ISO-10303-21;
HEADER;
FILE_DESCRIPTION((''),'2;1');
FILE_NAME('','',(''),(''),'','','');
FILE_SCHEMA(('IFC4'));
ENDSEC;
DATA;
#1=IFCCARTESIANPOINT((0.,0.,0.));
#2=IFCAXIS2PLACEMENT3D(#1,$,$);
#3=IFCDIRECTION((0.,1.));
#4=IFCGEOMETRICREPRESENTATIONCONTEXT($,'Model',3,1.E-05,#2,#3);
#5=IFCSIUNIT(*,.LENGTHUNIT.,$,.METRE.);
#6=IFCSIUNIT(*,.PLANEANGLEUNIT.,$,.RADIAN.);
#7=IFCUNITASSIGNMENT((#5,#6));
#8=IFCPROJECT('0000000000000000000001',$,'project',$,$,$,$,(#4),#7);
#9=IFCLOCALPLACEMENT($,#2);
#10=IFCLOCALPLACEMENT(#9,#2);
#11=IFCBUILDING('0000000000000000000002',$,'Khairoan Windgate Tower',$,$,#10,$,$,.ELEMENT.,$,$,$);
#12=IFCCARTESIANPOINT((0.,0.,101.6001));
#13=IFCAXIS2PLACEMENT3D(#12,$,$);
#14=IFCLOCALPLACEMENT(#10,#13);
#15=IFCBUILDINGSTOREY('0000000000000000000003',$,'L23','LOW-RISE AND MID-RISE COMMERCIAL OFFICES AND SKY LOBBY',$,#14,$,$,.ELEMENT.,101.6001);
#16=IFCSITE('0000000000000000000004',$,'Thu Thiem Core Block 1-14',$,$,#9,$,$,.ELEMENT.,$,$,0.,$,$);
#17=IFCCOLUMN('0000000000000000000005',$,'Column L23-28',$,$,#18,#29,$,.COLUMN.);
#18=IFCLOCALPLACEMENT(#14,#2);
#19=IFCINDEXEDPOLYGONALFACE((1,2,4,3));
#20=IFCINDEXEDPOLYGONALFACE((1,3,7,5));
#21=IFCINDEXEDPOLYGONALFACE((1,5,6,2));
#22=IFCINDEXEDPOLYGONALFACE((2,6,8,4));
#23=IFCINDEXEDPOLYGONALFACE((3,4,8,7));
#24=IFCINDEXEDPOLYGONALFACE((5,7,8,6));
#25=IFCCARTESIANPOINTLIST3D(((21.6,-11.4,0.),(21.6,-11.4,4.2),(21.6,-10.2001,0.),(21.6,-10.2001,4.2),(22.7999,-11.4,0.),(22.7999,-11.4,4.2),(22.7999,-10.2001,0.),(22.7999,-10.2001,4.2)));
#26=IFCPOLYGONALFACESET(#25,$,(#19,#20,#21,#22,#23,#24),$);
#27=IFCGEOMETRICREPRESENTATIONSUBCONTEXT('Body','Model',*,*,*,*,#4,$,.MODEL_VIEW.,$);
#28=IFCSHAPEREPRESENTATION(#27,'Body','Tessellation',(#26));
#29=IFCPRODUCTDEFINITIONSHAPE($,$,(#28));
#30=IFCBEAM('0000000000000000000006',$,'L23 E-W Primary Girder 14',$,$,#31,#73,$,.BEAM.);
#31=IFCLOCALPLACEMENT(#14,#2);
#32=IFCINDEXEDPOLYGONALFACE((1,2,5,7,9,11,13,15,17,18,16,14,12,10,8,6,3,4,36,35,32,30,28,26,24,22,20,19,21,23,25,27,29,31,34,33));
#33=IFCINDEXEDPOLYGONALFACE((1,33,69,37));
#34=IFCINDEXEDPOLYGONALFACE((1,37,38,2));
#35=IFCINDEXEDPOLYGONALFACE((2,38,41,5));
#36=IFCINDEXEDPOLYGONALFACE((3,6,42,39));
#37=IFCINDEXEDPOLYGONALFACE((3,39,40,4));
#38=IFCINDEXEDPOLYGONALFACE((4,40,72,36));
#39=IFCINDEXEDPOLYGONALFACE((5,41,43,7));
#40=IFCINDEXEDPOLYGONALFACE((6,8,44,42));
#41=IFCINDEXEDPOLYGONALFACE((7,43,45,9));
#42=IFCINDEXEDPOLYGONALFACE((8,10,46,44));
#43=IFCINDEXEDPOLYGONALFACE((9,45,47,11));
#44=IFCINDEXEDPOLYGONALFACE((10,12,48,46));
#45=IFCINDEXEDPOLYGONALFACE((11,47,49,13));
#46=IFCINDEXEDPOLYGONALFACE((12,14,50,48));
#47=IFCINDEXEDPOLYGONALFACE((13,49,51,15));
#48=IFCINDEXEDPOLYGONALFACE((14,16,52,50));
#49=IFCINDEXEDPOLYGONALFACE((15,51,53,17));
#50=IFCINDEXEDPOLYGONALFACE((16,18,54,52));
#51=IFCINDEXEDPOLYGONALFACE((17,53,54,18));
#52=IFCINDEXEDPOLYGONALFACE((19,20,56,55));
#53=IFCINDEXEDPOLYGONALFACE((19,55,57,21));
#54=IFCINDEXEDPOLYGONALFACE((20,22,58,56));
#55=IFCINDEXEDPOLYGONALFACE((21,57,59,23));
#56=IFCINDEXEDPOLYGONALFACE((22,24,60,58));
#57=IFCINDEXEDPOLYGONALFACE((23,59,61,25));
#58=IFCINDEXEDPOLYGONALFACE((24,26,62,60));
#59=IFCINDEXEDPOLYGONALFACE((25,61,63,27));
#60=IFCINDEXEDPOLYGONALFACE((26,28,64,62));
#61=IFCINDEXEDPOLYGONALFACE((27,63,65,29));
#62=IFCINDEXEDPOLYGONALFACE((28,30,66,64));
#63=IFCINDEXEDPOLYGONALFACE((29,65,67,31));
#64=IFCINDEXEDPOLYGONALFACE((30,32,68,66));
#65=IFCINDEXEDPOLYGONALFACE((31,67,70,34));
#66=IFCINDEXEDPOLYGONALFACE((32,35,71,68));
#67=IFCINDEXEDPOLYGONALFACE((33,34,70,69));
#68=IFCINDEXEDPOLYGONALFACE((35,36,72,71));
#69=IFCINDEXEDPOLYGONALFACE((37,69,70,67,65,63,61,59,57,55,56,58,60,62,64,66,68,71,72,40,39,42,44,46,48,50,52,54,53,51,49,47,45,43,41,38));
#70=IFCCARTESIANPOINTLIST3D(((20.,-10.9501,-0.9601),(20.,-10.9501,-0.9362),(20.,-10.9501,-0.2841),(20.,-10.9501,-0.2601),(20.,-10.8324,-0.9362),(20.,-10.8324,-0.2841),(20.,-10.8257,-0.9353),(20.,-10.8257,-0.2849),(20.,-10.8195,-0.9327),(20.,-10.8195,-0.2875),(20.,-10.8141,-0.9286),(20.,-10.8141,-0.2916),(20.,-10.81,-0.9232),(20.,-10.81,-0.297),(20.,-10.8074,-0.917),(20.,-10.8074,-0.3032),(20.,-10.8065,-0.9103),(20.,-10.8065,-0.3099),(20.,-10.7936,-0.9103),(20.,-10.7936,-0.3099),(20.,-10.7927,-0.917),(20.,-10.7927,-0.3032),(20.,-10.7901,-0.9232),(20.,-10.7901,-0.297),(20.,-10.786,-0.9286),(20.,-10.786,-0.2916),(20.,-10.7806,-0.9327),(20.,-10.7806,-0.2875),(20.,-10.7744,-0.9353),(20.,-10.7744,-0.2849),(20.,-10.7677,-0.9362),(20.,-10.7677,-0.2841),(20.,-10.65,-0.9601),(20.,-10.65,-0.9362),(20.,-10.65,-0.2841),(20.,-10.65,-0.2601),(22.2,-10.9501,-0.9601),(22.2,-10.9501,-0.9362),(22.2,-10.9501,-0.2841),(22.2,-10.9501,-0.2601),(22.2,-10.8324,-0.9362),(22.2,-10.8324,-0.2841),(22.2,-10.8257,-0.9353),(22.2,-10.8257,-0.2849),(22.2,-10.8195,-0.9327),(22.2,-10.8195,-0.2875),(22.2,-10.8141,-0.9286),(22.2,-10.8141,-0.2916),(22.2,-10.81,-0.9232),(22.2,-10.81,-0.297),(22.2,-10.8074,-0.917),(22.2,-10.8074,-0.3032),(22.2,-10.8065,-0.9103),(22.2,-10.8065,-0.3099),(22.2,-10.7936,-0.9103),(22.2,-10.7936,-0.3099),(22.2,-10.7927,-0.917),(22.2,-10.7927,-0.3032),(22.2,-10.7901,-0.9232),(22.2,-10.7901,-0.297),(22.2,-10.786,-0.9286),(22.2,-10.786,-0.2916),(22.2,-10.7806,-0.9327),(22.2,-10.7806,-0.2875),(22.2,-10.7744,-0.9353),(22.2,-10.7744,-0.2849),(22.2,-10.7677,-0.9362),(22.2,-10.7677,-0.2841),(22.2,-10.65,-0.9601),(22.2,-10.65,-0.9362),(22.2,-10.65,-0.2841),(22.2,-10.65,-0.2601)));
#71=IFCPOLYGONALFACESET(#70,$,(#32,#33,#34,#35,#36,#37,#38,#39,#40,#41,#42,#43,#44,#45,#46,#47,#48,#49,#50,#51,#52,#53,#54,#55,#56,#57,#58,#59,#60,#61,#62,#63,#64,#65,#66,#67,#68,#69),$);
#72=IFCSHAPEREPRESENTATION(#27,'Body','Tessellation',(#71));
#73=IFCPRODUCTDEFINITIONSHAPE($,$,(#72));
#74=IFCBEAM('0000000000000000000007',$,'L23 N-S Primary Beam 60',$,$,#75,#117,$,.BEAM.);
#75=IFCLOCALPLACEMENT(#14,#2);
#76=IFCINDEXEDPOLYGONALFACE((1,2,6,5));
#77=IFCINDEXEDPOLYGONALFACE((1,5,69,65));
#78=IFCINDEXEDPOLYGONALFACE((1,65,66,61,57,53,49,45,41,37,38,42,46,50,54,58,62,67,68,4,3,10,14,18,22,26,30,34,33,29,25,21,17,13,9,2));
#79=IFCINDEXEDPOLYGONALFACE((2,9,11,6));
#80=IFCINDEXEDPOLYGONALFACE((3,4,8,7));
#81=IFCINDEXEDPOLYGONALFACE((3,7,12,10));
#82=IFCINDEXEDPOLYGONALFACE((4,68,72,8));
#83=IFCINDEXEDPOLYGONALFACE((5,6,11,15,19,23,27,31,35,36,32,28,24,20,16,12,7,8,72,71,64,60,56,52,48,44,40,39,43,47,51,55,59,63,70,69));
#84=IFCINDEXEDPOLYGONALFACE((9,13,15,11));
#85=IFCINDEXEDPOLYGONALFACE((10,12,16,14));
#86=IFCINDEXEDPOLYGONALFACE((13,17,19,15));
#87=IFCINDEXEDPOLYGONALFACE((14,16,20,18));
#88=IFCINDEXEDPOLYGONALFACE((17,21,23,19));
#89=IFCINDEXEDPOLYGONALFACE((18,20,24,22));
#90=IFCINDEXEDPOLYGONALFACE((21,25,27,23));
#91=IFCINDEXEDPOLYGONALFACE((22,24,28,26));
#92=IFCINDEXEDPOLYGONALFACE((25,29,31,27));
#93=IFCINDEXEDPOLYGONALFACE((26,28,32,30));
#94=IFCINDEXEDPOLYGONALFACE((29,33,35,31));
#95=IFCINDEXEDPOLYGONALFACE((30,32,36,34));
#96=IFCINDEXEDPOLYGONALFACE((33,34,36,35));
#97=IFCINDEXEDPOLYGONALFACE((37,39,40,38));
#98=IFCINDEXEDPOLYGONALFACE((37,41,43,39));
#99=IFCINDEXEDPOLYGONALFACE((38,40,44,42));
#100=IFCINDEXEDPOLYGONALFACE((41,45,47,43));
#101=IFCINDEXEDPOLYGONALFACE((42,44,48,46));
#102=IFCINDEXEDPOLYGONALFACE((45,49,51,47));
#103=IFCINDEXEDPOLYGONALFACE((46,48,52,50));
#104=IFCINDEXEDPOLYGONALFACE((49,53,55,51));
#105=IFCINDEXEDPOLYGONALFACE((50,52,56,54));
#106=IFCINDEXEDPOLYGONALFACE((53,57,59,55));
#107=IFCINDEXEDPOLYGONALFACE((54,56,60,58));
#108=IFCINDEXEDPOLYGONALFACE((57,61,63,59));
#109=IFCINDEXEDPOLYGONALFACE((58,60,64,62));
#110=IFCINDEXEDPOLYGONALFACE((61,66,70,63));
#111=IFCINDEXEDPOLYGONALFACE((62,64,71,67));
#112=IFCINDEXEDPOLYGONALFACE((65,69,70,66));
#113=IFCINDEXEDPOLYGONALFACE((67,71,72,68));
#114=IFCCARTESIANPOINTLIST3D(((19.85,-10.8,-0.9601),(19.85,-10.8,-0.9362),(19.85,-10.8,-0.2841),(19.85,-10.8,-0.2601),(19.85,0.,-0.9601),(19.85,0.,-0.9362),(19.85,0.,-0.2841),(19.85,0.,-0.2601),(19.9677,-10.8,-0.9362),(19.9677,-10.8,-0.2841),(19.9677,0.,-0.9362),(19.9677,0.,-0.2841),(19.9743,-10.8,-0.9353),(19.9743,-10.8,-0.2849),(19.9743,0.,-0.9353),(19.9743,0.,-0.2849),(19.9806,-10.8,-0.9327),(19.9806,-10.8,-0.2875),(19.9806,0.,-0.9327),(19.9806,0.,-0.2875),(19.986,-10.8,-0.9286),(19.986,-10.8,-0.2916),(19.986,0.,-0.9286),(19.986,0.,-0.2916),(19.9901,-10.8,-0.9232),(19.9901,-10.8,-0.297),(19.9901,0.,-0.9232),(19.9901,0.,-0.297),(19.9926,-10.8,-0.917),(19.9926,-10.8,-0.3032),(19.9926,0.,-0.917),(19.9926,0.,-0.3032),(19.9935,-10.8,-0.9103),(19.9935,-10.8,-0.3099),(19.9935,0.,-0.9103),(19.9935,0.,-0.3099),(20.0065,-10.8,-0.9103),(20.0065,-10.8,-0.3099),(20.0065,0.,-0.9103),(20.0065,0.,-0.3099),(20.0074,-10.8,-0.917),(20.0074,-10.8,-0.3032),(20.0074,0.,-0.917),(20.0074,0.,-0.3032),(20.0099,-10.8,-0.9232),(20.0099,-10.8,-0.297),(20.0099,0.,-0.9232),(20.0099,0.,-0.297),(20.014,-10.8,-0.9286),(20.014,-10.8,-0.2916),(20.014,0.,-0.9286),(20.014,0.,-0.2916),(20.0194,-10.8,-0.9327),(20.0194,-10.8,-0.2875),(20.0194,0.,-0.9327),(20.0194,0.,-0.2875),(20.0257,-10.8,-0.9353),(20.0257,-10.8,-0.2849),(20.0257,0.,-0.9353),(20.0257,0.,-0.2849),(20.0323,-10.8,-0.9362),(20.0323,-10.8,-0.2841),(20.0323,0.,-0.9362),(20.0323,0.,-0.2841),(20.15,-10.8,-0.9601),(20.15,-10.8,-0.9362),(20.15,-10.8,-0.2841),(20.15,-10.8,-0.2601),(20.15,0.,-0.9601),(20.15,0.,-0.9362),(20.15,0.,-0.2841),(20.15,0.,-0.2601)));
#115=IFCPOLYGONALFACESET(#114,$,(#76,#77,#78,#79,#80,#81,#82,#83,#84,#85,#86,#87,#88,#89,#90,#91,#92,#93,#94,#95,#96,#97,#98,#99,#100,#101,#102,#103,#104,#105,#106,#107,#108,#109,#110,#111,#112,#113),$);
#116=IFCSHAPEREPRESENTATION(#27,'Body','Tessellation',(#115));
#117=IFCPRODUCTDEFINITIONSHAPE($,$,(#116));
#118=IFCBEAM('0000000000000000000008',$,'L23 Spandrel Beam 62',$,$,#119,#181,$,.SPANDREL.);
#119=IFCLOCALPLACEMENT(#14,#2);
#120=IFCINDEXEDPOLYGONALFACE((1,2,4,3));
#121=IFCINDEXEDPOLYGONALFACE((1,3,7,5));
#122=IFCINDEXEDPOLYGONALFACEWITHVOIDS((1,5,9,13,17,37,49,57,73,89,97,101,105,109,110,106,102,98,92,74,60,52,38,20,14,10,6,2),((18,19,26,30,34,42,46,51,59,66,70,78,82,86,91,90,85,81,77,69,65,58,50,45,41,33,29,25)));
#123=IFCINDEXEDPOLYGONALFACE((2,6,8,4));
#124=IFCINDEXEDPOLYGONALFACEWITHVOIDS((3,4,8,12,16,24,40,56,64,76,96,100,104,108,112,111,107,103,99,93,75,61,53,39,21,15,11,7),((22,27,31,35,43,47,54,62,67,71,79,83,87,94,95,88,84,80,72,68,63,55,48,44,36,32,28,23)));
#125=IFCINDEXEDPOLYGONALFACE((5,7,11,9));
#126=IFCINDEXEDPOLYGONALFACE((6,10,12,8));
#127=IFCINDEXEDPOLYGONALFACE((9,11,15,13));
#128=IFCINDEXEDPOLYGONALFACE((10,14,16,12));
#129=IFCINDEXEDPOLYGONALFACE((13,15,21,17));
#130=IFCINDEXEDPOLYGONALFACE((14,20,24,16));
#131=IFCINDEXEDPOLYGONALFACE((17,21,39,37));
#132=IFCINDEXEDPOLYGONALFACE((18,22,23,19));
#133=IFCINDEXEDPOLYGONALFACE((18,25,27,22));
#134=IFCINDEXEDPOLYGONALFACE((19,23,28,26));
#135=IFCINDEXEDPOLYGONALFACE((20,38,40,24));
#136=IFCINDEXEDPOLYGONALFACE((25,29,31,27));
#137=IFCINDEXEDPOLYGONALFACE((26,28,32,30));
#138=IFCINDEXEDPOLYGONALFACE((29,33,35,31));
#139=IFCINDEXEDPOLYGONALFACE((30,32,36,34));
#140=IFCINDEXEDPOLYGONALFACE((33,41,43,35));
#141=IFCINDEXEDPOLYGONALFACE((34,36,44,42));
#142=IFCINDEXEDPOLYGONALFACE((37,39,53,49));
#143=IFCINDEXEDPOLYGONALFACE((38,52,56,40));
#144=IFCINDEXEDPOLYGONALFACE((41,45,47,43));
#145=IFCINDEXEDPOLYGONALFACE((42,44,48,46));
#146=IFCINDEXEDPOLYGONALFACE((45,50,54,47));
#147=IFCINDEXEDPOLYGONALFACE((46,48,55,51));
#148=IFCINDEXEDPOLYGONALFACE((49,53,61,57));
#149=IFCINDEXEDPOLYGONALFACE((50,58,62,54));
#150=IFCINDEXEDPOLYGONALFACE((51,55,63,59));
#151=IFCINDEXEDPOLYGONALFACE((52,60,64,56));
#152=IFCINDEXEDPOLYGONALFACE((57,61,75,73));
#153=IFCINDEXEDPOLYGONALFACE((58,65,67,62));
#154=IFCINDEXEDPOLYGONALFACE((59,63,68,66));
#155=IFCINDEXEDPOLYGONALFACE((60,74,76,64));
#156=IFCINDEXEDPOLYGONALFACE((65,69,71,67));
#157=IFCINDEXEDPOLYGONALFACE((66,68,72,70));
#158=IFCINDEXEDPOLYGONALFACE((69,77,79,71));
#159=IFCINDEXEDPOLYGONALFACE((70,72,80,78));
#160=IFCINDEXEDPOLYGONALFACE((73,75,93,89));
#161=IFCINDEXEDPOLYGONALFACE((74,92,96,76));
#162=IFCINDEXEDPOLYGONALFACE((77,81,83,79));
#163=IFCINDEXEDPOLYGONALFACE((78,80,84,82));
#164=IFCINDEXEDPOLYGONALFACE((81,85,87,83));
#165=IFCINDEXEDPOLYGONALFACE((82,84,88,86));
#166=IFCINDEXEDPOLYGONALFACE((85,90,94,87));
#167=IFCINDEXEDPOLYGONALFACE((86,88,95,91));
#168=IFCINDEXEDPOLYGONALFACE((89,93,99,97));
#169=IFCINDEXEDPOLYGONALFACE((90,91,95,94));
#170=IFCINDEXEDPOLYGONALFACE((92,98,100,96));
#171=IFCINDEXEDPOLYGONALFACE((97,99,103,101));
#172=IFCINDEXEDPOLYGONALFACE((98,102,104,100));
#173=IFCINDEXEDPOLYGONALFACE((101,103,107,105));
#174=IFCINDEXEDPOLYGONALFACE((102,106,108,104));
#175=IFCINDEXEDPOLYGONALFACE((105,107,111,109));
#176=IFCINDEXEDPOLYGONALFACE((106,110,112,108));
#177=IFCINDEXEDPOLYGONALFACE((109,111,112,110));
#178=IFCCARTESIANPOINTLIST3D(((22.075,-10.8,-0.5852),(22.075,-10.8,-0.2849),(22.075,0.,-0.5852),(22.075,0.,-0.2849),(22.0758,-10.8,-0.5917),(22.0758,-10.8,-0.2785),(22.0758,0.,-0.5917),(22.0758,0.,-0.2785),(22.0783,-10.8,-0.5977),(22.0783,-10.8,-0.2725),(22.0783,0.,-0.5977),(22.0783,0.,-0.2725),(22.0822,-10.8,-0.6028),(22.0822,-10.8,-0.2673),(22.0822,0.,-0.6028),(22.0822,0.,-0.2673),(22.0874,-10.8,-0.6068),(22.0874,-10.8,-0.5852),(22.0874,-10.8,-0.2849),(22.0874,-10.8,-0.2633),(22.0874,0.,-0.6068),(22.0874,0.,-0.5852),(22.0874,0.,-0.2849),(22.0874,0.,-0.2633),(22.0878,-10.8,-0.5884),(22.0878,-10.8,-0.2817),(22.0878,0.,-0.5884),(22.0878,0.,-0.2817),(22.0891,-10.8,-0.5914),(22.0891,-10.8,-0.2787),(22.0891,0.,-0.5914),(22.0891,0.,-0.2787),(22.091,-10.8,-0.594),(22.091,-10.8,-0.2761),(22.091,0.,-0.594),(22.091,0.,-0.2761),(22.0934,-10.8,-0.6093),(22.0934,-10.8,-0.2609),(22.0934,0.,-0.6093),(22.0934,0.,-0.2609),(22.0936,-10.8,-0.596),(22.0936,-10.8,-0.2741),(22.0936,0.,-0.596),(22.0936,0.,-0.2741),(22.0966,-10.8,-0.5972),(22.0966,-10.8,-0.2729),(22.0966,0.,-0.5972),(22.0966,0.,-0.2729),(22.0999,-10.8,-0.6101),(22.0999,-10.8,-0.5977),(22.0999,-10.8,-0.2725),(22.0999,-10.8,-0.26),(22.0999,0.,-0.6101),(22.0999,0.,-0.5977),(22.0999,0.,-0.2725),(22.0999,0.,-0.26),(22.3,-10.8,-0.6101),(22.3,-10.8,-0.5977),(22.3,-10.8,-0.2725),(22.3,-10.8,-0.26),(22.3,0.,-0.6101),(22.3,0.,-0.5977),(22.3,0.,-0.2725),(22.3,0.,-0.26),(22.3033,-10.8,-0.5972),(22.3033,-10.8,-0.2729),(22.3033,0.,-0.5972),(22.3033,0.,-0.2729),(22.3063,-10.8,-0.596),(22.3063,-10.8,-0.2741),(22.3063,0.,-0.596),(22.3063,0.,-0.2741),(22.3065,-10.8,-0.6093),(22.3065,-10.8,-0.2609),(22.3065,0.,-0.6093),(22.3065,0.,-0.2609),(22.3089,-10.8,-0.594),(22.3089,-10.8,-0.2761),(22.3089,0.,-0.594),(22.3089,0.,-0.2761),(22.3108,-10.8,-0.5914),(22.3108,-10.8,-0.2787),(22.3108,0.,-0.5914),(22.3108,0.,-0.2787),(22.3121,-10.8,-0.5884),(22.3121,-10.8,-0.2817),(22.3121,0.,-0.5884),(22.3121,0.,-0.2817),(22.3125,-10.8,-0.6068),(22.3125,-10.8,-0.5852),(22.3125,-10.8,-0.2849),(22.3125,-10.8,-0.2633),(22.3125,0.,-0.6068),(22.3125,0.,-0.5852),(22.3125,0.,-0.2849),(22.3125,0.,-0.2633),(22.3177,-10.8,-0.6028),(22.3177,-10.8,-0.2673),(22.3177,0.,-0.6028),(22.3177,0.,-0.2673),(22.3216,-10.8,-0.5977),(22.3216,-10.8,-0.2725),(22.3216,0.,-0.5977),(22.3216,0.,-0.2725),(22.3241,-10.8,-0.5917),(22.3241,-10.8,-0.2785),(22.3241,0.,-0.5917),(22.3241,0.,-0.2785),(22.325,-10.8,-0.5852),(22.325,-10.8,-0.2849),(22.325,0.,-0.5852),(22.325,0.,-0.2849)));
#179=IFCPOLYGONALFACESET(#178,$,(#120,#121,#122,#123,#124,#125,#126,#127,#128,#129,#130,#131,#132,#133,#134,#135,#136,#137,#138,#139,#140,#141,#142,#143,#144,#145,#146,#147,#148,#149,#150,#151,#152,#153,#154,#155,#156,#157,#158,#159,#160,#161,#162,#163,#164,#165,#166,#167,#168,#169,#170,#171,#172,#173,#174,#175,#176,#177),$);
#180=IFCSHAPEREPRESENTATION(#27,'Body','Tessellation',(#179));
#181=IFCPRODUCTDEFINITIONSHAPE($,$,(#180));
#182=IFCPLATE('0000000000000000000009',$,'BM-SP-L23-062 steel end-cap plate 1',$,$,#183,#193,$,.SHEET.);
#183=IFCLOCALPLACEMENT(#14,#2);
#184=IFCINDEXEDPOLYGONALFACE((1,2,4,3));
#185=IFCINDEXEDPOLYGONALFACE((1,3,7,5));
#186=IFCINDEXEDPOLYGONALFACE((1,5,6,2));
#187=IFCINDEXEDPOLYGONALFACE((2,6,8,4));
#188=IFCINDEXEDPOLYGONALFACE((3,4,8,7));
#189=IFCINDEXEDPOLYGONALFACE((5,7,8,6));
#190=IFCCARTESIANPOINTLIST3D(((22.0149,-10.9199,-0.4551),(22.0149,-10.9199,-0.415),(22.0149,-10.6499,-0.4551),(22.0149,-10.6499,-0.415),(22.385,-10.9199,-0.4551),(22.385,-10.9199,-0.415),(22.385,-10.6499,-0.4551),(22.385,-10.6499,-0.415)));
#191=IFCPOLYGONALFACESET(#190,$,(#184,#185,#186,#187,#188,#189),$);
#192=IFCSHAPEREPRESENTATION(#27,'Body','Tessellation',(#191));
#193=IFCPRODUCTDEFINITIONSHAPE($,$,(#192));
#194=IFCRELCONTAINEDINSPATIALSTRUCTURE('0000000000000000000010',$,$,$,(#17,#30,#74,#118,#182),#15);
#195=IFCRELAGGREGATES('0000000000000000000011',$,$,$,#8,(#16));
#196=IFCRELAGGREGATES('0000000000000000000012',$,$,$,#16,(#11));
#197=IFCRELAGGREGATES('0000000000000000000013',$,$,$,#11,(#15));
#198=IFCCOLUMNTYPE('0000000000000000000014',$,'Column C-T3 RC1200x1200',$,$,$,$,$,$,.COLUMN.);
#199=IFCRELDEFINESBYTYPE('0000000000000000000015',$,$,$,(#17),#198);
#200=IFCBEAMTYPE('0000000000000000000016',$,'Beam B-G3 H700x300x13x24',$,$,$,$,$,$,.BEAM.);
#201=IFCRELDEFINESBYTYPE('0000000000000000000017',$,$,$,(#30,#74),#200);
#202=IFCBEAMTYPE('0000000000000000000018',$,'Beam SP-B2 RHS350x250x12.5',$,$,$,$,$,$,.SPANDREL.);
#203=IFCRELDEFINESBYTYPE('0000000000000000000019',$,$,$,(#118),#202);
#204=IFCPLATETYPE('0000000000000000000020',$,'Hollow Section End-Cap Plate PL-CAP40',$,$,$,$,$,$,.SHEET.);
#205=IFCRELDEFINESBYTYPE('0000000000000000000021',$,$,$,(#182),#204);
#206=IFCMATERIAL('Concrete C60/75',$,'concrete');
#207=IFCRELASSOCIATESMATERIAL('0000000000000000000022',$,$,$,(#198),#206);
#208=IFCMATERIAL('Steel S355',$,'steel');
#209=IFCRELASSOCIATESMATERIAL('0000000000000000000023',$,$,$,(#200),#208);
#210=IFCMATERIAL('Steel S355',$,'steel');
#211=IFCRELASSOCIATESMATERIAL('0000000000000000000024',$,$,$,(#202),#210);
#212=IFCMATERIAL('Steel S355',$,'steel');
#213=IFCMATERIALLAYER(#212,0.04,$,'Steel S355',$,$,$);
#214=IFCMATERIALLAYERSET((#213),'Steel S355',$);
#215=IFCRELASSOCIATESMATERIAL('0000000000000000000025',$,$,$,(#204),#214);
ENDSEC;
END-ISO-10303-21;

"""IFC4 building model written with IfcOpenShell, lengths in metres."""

from ifc_helpers import new_model, si_unit, direction, frame, origin, origin_2d, place, context, subcontext, project, spatial, rectangle, hollow_rectangle, i_section, extrude, material, layer, layer_set, material_profile, profile_set, type_object, element, save


model = new_model("IFC4")

# Units and contexts
model_context = context("Model", 3, precision=1e-05, world=origin(), true_north=direction((0.0, 1.0)))
body_context = subcontext(model_context, "Body", "Model", "MODEL_VIEW")
ifc_project = project(units=[si_unit("LENGTHUNIT", "METRE"), si_unit("PLANEANGLEUNIT", "RADIAN")], contexts=[model_context])

# Site, building, storey
site_placement = place(None, origin())
site = spatial("IfcSite", under=ifc_project, at=site_placement, Name="Thu Thiem Core Block 1-14", CompositionType="ELEMENT", RefElevation=0.0)
building_placement = place(site_placement, origin())
building = spatial("IfcBuilding", under=site, at=building_placement, Name="Khairoan Windgate Tower", CompositionType="ELEMENT")
storey_placement = place(building_placement, frame((0.0, 0.0, 101.6001)))
storey = spatial("IfcBuildingStorey", under=building, at=storey_placement, Name="L23", Description="LOW-RISE AND MID-RISE COMMERCIAL OFFICES AND SKY LOBBY", CompositionType="ELEMENT", Elevation=101.6001)

# Column
ifc_material_1 = material(Name="Concrete C60/75", Category="concrete")
ifc_material_profile_1 = material_profile(ifc_material_1, rectangle(XDim=1.2, YDim=1.2, at=origin_2d()))
ifc_profile_set_1 = profile_set([ifc_material_profile_1], Name="Concrete C60/75")
column_type = type_object("IfcColumnType", Name="Column C-T3 RC1200x1200", PredefinedType="COLUMN", material=ifc_profile_set_1)
column_placement = place(storey_placement, frame((22.2, -10.8, 0.0), z_axis=(0.0, 0.0, 1.0), x_axis=(1.0, 0.0, 0.0)))
element("IfcColumn", 1, at=column_placement, inside=storey, type_object=column_type, Name="Column L23-28", PredefinedType="COLUMN", context=body_context, shape_type="SweptSolid", body=[
    extrude(rectangle(XDim=1.2, YDim=1.2, at=origin_2d()), origin(), (0.0, 0.0, 1.0), 4.2),
])

# Beams
ifc_material_2 = material(Name="Steel S355", Category="steel")
ifc_material_profile_2 = material_profile(ifc_material_2, i_section(OverallWidth=0.3, OverallDepth=0.7, WebThickness=0.0129, FlangeThickness=0.0239, FilletRadius=0.0259, at=origin_2d()))
ifc_profile_set_2 = profile_set([ifc_material_profile_2], Name="Steel S355")
beam_type_1 = type_object("IfcBeamType", Name="Beam B-G3 H700x300x13x24", PredefinedType="BEAM", material=ifc_profile_set_2)
beam_1_placement = place(storey_placement, frame((20.0, -10.8, -0.6101), z_axis=(1.0, 0.0, 0.0), x_axis=(0.0, 1.0, 0.0)))
element("IfcBeam", 2, at=beam_1_placement, inside=storey, type_object=beam_type_1, Name="L23 E-W Primary Girder 14", PredefinedType="BEAM", context=body_context, shape_type="SweptSolid", body=[
    extrude(i_section(OverallWidth=0.3, OverallDepth=0.7, WebThickness=0.0129, FlangeThickness=0.0239, FilletRadius=0.0259, at=origin_2d()), origin(), (0.0, 0.0, 1.0), 2.2),
])
beam_2_placement = place(storey_placement, frame((20.0, -10.8, -0.6101), z_axis=(0.0, 1.0, 0.0), x_axis=(-1.0, 0.0, 0.0)))
element("IfcBeam", 3, at=beam_2_placement, inside=storey, type_object=beam_type_1, Name="L23 N-S Primary Beam 60", PredefinedType="BEAM", context=body_context, shape_type="SweptSolid", body=[
    extrude(i_section(OverallWidth=0.3, OverallDepth=0.7, WebThickness=0.0129, FlangeThickness=0.0239, FilletRadius=0.0259, at=origin_2d()), origin(), (0.0, 0.0, 1.0), 10.8),
])
ifc_material_3 = material(Name="Steel S355", Category="steel")
ifc_material_profile_3 = material_profile(ifc_material_3, hollow_rectangle(XDim=0.25, YDim=0.3501, WallThickness=0.0125, InnerFilletRadius=0.0125, OuterFilletRadius=0.0249, at=origin_2d()))
ifc_profile_set_3 = profile_set([ifc_material_profile_3], Name="Steel S355")
beam_type_2 = type_object("IfcBeamType", Name="Beam SP-B2 RHS350x250x12.5", PredefinedType="SPANDREL", material=ifc_profile_set_3)
beam_3_placement = place(storey_placement, frame((22.2, -10.8, -0.4351), z_axis=(0.0, 1.0, 0.0), x_axis=(-1.0, 0.0, 0.0)))
element("IfcBeam", 4, at=beam_3_placement, inside=storey, type_object=beam_type_2, Name="L23 Spandrel Beam 62", PredefinedType="SPANDREL", context=body_context, shape_type="SweptSolid", body=[
    extrude(hollow_rectangle(XDim=0.25, YDim=0.3501, WallThickness=0.0125, InnerFilletRadius=0.0125, OuterFilletRadius=0.0249, at=origin_2d()), origin(), (0.0, 0.0, 1.0), 10.8),
])

# Plate
ifc_material_4 = material(Name="Steel S355", Category="steel")
ifc_layer_1 = layer(ifc_material_4, 0.04, Name="Steel S355")
ifc_layer_set_1 = layer_set([ifc_layer_1], Name="Steel S355")
plate_type = type_object("IfcPlateType", Name="Hollow Section End-Cap Plate PL-CAP40", PredefinedType="SHEET", material=ifc_layer_set_1)
plate_placement = place(storey_placement, frame((22.2, -10.7849, -0.4551), z_axis=(0.0, 0.0, 1.0), x_axis=(0.0, 1.0, 0.0)))
element("IfcPlate", 5, at=plate_placement, inside=storey, type_object=plate_type, Name="BM-SP-L23-062 steel end-cap plate 1", PredefinedType="SHEET", context=body_context, shape_type="SweptSolid", body=[
    extrude(rectangle(XDim=0.27, YDim=0.3701, at=origin_2d()), origin(), (0.0, 0.0, 1.0), 0.04),
])

save(model, "model.ifc")
